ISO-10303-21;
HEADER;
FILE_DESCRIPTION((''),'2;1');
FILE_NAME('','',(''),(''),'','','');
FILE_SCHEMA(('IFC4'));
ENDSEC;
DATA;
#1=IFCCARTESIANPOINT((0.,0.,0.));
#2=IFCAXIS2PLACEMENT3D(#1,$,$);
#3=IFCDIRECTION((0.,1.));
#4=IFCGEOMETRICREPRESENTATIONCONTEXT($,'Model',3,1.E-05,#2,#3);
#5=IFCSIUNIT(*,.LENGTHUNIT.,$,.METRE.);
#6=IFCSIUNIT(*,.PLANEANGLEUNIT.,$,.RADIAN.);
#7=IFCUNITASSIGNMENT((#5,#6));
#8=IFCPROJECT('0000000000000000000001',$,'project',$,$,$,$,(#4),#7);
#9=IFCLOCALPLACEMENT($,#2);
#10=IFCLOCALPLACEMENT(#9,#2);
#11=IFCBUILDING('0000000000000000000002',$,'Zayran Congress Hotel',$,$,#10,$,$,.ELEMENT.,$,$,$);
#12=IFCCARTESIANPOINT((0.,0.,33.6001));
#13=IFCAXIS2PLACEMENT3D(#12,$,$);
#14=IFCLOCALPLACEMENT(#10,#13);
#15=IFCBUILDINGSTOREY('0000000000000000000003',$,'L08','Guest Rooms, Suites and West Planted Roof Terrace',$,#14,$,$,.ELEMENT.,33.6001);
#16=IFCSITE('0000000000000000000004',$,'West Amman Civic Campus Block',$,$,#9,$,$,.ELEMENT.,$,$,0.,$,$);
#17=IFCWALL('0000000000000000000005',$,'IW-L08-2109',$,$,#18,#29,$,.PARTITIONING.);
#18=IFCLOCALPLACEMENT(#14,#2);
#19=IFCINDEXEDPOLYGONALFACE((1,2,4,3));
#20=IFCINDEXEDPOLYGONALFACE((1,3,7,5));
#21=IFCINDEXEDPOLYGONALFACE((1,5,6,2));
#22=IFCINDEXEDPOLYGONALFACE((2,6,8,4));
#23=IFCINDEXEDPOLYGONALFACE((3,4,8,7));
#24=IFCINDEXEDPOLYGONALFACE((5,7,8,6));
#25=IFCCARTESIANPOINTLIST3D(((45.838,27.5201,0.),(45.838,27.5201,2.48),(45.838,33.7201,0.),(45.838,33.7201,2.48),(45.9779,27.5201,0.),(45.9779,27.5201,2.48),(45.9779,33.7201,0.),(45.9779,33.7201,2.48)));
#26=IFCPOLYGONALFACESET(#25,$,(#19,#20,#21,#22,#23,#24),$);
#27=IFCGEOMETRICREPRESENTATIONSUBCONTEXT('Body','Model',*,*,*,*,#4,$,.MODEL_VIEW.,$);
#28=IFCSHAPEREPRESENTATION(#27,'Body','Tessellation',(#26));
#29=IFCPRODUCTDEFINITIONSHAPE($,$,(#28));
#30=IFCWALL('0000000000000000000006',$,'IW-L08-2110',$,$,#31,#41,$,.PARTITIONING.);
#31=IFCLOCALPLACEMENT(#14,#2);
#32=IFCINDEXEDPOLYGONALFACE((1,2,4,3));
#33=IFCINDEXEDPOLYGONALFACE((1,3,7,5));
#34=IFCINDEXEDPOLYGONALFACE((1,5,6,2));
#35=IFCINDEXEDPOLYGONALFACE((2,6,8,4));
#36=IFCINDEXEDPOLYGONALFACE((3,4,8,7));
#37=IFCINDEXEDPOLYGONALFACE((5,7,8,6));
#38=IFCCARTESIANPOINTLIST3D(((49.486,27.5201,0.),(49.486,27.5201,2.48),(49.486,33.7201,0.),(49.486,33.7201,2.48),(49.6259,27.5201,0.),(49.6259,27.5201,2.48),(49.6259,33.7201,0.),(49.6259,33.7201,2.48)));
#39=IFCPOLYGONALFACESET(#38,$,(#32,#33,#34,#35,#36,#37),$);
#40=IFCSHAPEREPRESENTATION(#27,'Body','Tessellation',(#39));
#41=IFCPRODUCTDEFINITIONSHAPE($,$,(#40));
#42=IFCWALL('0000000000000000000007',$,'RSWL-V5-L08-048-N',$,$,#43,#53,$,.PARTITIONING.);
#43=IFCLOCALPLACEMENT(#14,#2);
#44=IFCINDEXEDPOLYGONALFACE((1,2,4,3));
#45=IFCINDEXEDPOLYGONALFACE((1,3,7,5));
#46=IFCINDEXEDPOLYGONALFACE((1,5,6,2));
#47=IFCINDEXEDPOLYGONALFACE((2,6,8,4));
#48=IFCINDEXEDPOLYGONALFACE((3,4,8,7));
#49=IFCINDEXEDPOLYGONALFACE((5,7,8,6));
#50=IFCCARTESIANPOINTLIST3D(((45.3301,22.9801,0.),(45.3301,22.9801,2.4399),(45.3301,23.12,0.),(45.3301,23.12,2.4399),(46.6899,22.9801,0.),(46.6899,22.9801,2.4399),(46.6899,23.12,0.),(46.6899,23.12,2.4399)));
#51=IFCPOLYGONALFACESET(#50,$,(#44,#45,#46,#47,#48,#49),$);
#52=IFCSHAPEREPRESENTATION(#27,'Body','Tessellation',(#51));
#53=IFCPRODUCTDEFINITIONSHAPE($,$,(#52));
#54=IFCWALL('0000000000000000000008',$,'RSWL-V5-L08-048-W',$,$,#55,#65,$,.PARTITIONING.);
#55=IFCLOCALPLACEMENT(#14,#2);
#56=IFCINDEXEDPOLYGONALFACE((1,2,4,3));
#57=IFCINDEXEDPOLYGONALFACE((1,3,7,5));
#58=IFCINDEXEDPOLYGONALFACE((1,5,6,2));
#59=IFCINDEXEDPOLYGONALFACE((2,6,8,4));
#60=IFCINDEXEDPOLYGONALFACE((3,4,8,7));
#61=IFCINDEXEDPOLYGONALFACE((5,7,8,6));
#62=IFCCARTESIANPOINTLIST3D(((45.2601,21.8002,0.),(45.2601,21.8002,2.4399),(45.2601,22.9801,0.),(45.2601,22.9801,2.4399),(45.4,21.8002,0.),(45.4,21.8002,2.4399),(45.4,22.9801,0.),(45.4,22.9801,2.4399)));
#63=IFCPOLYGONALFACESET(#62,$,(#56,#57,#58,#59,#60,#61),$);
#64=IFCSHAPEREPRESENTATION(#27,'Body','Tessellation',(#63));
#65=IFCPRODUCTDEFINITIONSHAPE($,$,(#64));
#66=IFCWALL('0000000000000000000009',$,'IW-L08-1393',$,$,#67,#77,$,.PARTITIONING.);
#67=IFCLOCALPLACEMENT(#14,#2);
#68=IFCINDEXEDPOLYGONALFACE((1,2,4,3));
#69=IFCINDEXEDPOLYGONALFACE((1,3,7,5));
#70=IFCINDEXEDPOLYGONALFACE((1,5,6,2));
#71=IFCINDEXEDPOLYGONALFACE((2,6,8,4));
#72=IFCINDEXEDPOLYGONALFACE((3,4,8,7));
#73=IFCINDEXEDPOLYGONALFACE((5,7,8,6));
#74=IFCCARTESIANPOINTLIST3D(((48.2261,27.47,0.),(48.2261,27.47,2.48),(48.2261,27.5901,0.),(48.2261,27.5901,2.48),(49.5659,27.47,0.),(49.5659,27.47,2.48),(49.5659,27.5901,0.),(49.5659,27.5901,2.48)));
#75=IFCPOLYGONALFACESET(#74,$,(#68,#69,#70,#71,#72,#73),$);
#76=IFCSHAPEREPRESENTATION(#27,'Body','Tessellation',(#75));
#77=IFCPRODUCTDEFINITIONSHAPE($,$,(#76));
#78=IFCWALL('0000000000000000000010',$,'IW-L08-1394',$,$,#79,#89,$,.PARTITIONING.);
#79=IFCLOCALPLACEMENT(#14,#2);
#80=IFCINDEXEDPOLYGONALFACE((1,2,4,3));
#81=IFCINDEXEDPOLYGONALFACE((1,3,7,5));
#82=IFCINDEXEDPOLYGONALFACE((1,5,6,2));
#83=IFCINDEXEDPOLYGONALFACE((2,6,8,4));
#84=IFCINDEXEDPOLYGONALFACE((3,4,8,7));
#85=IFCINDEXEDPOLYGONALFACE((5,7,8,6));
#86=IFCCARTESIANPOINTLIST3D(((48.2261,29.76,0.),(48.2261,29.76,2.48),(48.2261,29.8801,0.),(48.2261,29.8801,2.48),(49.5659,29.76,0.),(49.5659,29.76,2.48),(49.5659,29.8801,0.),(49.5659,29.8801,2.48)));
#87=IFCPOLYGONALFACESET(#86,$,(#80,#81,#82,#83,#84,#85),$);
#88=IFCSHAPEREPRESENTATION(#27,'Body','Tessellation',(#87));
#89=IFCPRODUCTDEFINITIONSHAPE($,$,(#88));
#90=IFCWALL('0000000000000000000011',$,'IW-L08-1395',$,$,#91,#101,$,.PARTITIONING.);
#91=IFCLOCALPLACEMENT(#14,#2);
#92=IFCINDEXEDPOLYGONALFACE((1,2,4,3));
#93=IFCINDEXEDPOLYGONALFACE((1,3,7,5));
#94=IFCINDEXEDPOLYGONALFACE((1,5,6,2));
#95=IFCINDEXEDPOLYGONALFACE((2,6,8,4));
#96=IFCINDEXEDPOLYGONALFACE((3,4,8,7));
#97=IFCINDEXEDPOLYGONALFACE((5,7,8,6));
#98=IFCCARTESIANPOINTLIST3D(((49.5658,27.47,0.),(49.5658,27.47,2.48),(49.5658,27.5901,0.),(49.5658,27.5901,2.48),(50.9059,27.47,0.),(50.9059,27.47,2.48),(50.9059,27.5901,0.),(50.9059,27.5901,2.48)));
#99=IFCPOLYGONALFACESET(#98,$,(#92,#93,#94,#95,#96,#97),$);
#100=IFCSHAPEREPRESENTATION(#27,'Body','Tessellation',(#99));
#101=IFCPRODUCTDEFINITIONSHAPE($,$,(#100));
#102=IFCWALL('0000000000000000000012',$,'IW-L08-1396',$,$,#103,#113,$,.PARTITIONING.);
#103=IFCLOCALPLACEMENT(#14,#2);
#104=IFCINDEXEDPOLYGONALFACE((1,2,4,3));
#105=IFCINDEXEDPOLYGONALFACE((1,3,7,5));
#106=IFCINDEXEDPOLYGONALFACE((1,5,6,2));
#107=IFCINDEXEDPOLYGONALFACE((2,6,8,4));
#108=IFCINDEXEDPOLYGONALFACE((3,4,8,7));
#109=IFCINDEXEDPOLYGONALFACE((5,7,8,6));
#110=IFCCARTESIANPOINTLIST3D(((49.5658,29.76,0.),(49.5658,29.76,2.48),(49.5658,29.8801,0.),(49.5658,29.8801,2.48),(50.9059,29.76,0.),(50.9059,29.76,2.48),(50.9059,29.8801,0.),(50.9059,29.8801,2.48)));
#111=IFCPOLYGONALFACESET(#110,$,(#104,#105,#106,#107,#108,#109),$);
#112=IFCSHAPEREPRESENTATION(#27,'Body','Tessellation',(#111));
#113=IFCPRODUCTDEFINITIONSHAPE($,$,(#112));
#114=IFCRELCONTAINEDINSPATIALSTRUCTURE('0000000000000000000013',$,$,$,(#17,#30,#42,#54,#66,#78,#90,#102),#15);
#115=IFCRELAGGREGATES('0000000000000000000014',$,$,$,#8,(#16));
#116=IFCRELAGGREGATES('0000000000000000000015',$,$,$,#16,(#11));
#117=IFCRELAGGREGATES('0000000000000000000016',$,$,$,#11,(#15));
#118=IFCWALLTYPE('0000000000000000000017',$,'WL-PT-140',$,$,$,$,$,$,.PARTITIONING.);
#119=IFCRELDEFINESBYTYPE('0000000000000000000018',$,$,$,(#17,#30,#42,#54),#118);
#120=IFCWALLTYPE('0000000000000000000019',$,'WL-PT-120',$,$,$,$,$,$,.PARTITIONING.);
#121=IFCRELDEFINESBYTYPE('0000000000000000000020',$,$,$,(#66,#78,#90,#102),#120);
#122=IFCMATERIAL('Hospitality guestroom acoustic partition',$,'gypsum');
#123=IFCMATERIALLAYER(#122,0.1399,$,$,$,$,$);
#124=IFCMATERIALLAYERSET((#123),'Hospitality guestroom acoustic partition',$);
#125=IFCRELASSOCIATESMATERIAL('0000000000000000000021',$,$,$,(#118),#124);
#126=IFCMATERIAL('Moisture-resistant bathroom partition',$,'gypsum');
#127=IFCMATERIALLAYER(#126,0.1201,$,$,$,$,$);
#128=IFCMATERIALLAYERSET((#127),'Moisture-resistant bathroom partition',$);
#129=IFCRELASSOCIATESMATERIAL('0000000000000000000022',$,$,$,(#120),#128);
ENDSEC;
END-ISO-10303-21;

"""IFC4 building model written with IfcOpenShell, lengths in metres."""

from ifc_helpers import new_model, si_unit, direction, frame, frame_2d, origin, place, context, subcontext, project, spatial, rectangle, extrude, material, layer, layer_set, type_object, element, save


model = new_model("IFC4")

# Units and contexts
model_context = context("Model", 3, precision=1e-05, world=origin(), true_north=direction((0.0, 1.0)))
body_context = subcontext(model_context, "Body", "Model", "MODEL_VIEW")
ifc_project = project(units=[si_unit("LENGTHUNIT", "METRE"), si_unit("PLANEANGLEUNIT", "RADIAN")], contexts=[model_context])

# Site, building, storey
site_placement = place(None, origin())
site = spatial("IfcSite", under=ifc_project, at=site_placement, Name="West Amman Civic Campus Block", CompositionType="ELEMENT", RefElevation=0.0)
building_placement = place(site_placement, origin())
building = spatial("IfcBuilding", under=site, at=building_placement, Name="Zayran Congress Hotel", CompositionType="ELEMENT")
storey_placement = place(building_placement, frame((0.0, 0.0, 33.6001)))
storey = spatial("IfcBuildingStorey", under=building, at=storey_placement, Name="L08", Description="Guest Rooms, Suites and West Planted Roof Terrace", CompositionType="ELEMENT", Elevation=33.6001)

# Shared definitions
ifc_material_1 = material(Name="Hospitality guestroom acoustic partition", Category="gypsum")
ifc_layer_1 = layer(ifc_material_1, 0.1399)
ifc_layer_set_1 = layer_set([ifc_layer_1], Name="Hospitality guestroom acoustic partition")
wall_type_1 = type_object("IfcWallType", Name="WL-PT-140", PredefinedType="PARTITIONING", material=ifc_layer_set_1)

# Walls
for number, where, z_axis, x_axis, name in (
    (1, (45.908, 27.52, 0.0), (0.0, 0.0, 1.0), (0.0, 1.0, 0.0), "IW-L08-2109"),
    (2, (49.5559, 27.52, 0.0), (0.0, 0.0, 1.0), (0.0, 1.0, 0.0), "IW-L08-2110"),
):
    element("IfcWall", number, at=place(storey_placement, frame(where, z_axis=z_axis, x_axis=x_axis)), inside=storey, type_object=wall_type_1, Name=name, PredefinedType="PARTITIONING", context=body_context, shape_type="SweptSolid", body=[
        extrude(rectangle(XDim=6.2, YDim=0.1399, at=frame_2d((3.1001, 0.0))), origin(), (0.0, 0.0, 1.0), 2.48),
    ])
wall_1_placement = place(storey_placement, frame((46.6899, 23.05, 0.0), z_axis=(0.0, 0.0, 1.0), x_axis=(-1.0, 0.0, 0.0)))
element("IfcWall", 3, at=wall_1_placement, inside=storey, type_object=wall_type_1, Name="RSWL-V5-L08-048-N", PredefinedType="PARTITIONING", context=body_context, shape_type="SweptSolid", body=[
    extrude(rectangle(XDim=1.3599, YDim=0.1399, at=frame_2d((0.6799, 0.0))), origin(), (0.0, 0.0, 1.0), 2.4399),
])
wall_2_placement = place(storey_placement, frame((45.3301, 22.98, 0.0), z_axis=(0.0, 0.0, 1.0), x_axis=(0.0, -1.0, 0.0)))
element("IfcWall", 4, at=wall_2_placement, inside=storey, type_object=wall_type_1, Name="RSWL-V5-L08-048-W", PredefinedType="PARTITIONING", context=body_context, shape_type="SweptSolid", body=[
    extrude(rectangle(XDim=1.1799, YDim=0.1399, at=frame_2d((0.5898, 0.0))), origin(), (0.0, 0.0, 1.0), 2.4399),
])

# Shared definitions
ifc_material_2 = material(Name="Moisture-resistant bathroom partition", Category="gypsum")
ifc_layer_2 = layer(ifc_material_2, 0.1201)
ifc_layer_set_2 = layer_set([ifc_layer_2], Name="Moisture-resistant bathroom partition")
wall_type_2 = type_object("IfcWallType", Name="WL-PT-120", PredefinedType="PARTITIONING", material=ifc_layer_set_2)

# Walls
for number, where, z_axis, x_axis, name in (
    (5, (48.2261, 27.53, 0.0), (0.0, 0.0, 1.0), (1.0, 0.0, 0.0), "IW-L08-1393"),
    (6, (48.2261, 29.8201, 0.0), (0.0, 0.0, 1.0), (1.0, 0.0, 0.0), "IW-L08-1394"),
):
    element("IfcWall", number, at=place(storey_placement, frame(where, z_axis=z_axis, x_axis=x_axis)), inside=storey, type_object=wall_type_2, Name=name, PredefinedType="PARTITIONING", context=body_context, shape_type="SweptSolid", body=[
        extrude(rectangle(XDim=1.3398, YDim=0.1201, at=frame_2d((0.6699, 0.0))), origin(), (0.0, 0.0, 1.0), 2.48),
    ])
for number, where, z_axis, x_axis, name in (
    (7, (49.5659, 27.53, 0.0), (0.0, 0.0, 1.0), (1.0, 0.0, 0.0), "IW-L08-1395"),
    (8, (49.5659, 29.8201, 0.0), (0.0, 0.0, 1.0), (1.0, 0.0, 0.0), "IW-L08-1396"),
):
    element("IfcWall", number, at=place(storey_placement, frame(where, z_axis=z_axis, x_axis=x_axis)), inside=storey, type_object=wall_type_2, Name=name, PredefinedType="PARTITIONING", context=body_context, shape_type="SweptSolid", body=[
        extrude(rectangle(XDim=1.3401, YDim=0.1201, at=frame_2d((0.6699, 0.0))), origin(), (0.0, 0.0, 1.0), 2.48),
    ])

save(model, "model.ifc")
